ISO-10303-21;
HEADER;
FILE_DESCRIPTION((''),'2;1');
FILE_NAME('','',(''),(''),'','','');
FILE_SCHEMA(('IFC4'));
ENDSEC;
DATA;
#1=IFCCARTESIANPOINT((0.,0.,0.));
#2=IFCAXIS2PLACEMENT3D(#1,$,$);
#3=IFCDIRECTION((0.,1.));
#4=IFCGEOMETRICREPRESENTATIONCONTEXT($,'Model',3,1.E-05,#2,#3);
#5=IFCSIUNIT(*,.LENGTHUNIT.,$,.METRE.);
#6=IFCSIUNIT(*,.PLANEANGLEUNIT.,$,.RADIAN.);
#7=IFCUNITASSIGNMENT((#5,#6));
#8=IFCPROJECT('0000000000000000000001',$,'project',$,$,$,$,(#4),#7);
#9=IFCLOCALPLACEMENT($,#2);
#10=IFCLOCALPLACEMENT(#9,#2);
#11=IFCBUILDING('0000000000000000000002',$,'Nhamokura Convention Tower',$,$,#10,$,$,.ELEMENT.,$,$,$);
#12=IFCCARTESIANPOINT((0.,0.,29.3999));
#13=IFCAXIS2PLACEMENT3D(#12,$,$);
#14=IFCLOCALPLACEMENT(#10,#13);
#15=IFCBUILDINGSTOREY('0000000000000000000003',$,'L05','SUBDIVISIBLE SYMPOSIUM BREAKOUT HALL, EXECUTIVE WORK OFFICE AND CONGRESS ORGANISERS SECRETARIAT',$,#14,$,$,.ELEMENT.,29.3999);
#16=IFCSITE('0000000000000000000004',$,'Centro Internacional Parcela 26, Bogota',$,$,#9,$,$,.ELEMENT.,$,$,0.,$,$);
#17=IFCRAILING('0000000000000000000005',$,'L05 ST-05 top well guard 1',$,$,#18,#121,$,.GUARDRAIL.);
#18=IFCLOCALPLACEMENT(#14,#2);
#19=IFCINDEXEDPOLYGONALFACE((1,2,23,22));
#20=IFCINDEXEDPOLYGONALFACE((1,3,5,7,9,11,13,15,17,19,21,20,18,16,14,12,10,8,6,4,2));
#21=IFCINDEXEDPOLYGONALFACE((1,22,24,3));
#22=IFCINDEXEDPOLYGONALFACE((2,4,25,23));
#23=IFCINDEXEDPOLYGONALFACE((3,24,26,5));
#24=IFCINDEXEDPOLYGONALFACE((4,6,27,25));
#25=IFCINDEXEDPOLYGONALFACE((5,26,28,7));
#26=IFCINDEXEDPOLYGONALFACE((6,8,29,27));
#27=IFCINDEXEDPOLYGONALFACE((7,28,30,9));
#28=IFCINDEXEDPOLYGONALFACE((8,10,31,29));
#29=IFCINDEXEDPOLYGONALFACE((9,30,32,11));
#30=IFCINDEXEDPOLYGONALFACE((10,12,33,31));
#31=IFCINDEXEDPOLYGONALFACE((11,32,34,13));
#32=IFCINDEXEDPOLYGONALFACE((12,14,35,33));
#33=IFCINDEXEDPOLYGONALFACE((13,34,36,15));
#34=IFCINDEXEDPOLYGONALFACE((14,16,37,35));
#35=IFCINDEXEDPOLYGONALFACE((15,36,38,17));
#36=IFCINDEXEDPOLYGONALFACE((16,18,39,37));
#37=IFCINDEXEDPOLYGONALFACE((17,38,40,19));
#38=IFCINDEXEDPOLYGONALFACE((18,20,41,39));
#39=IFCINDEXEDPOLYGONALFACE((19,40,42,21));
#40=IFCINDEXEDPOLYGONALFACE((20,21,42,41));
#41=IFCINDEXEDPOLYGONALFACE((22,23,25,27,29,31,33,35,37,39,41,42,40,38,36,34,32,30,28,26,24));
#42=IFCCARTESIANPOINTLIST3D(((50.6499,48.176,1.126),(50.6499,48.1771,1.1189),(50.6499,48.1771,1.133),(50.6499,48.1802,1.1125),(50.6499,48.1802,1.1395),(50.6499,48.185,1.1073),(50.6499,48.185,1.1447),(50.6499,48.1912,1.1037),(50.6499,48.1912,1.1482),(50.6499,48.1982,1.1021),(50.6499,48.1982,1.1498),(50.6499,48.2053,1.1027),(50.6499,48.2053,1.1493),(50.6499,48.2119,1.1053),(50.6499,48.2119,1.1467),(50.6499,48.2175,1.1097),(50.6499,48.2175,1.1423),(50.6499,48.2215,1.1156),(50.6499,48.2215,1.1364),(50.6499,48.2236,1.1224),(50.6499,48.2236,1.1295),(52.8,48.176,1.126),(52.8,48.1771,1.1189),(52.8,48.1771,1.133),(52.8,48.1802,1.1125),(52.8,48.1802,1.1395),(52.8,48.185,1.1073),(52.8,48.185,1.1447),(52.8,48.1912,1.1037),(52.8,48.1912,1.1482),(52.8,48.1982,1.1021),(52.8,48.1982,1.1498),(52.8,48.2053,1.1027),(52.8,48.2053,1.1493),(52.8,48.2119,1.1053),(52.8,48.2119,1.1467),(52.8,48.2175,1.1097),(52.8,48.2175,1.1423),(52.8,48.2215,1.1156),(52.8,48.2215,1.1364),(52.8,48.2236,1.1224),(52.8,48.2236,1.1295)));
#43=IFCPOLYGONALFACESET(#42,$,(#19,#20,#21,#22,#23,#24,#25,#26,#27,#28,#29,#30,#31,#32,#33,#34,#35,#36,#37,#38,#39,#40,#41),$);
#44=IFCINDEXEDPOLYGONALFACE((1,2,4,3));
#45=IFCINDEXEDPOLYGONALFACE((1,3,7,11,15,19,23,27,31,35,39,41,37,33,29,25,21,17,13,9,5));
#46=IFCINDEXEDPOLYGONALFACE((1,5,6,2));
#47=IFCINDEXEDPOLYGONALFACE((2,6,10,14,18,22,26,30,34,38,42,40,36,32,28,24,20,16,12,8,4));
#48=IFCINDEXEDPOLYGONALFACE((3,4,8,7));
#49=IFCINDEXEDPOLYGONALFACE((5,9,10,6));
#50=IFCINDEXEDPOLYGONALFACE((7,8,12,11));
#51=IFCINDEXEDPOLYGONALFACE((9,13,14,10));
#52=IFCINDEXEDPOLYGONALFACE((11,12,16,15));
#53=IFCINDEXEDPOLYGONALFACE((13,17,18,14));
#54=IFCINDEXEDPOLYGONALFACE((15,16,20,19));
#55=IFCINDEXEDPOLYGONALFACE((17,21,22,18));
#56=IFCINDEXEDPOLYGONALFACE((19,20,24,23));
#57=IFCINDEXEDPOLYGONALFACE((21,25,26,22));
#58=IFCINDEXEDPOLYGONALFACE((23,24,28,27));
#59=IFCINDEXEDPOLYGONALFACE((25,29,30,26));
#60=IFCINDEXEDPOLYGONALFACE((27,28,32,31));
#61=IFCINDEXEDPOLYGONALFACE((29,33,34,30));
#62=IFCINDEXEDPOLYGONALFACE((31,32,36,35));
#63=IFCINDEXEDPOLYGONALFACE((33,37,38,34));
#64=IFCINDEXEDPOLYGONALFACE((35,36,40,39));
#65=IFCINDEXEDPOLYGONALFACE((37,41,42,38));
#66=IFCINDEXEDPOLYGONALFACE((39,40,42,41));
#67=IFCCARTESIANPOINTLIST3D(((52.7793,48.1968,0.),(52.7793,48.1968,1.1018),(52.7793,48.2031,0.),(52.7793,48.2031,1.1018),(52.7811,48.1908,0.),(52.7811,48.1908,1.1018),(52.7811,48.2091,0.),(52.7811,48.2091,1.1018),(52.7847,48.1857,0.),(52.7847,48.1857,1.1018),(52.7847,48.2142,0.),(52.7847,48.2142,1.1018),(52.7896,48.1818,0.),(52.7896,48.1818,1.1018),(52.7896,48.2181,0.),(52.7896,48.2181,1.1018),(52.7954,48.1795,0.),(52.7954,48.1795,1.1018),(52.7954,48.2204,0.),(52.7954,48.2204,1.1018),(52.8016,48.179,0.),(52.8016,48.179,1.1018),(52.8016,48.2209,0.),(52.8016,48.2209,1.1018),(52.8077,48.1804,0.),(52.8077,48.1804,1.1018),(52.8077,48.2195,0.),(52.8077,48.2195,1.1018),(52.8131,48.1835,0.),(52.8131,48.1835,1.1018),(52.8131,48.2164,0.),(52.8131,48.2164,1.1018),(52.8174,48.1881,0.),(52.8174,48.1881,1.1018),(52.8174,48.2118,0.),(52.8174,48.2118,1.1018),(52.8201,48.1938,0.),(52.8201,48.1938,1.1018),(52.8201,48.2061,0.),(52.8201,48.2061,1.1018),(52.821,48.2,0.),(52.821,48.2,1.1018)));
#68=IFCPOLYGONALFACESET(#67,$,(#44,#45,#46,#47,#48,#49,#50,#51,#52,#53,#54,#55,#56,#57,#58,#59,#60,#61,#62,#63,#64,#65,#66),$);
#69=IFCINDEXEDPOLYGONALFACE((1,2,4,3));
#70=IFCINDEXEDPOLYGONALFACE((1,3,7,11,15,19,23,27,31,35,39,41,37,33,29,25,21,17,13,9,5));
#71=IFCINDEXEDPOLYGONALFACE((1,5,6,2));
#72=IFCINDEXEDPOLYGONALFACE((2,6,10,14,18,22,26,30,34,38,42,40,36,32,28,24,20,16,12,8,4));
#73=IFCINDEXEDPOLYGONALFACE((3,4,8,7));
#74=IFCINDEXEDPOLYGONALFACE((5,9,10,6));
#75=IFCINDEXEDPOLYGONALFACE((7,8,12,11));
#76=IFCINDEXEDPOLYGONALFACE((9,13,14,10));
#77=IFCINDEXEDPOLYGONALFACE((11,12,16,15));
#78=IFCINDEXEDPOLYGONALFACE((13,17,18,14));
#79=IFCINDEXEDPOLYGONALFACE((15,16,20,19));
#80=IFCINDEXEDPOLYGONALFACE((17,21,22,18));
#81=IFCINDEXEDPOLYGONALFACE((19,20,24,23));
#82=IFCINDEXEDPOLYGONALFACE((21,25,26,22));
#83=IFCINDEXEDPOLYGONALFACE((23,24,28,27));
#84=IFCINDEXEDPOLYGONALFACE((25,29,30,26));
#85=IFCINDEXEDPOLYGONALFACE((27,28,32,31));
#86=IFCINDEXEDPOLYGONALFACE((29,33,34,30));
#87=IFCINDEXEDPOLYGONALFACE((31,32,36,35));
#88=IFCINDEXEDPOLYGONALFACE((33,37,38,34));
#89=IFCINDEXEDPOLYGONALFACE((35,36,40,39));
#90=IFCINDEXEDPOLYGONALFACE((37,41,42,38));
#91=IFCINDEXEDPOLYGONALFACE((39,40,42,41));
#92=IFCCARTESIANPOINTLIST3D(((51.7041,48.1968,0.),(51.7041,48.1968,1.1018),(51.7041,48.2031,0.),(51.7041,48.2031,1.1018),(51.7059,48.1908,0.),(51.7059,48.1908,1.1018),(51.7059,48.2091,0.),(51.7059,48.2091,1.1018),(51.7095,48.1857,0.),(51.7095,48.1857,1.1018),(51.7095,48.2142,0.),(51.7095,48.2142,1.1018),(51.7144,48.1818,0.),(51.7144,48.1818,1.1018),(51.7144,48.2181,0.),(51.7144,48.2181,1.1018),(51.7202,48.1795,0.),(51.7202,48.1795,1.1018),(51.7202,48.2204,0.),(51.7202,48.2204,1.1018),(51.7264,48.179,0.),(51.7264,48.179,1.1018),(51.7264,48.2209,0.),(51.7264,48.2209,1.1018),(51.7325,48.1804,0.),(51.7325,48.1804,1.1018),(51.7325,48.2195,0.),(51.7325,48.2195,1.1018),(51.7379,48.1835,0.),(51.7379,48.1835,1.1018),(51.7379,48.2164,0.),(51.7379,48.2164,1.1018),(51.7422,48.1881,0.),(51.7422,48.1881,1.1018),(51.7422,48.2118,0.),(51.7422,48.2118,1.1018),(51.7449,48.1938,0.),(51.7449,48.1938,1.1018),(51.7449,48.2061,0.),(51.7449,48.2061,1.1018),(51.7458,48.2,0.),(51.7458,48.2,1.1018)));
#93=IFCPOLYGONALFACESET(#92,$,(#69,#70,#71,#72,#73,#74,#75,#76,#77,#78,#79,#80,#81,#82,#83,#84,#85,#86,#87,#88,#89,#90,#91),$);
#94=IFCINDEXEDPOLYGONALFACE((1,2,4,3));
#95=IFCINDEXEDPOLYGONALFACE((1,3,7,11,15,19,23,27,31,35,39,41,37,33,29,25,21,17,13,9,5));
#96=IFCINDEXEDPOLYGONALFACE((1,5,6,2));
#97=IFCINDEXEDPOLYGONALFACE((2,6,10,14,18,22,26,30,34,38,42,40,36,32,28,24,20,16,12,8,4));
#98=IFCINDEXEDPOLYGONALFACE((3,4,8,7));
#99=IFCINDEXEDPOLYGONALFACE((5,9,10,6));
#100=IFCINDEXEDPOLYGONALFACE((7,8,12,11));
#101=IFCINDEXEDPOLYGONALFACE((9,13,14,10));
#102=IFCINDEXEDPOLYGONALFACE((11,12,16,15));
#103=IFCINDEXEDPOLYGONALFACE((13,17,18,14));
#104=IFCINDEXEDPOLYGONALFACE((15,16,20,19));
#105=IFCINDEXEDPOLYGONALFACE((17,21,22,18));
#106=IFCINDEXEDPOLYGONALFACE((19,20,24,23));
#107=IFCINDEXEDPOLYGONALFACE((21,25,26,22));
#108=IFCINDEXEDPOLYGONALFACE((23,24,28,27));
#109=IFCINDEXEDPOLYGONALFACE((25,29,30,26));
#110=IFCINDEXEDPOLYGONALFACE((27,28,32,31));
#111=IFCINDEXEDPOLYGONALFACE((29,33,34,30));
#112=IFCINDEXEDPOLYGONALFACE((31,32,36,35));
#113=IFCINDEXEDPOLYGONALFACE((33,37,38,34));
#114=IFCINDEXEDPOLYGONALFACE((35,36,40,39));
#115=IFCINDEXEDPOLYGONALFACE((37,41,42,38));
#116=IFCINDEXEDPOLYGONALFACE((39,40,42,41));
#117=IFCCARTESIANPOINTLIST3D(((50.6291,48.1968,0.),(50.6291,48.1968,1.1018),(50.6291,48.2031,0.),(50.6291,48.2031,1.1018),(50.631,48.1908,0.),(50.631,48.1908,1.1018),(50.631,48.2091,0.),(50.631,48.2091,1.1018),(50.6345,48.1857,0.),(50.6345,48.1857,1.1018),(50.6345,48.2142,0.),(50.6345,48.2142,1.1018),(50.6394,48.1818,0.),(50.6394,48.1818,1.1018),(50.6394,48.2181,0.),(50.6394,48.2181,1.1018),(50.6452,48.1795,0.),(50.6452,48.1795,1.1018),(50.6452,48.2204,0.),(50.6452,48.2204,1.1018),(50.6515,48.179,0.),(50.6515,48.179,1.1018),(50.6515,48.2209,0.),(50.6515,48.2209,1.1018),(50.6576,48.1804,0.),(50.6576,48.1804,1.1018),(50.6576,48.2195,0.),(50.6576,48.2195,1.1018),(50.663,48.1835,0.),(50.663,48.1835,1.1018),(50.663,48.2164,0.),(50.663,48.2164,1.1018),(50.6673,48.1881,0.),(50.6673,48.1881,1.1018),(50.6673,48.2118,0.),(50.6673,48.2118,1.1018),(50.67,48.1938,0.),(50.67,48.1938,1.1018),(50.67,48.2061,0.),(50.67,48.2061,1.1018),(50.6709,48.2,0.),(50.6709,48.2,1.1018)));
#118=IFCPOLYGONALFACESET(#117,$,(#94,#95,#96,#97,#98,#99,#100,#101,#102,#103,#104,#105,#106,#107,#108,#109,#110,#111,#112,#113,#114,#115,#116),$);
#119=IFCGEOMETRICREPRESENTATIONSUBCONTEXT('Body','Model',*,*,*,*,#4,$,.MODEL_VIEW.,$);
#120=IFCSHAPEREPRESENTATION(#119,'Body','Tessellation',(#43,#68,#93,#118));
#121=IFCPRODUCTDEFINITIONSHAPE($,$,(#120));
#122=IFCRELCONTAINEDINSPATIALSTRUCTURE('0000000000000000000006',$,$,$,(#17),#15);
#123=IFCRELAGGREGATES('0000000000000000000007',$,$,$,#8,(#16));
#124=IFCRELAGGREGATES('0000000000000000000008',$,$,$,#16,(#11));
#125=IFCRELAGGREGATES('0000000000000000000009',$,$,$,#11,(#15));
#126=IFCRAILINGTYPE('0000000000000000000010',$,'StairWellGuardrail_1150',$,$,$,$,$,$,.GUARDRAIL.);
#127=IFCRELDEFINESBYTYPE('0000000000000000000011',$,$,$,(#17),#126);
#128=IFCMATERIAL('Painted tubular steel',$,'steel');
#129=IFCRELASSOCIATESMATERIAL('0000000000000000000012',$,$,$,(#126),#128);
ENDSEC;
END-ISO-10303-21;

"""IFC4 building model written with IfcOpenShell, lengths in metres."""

from ifc_helpers import new_model, si_unit, direction, frame, origin, origin_2d, place, context, subcontext, project, spatial, circle, extrude, material, type_object, element, save


model = new_model("IFC4")

# Units and contexts
model_context = context("Model", 3, precision=1e-05, world=origin(), true_north=direction((0.0, 1.0)))
body_context = subcontext(model_context, "Body", "Model", "MODEL_VIEW")
ifc_project = project(units=[si_unit("LENGTHUNIT", "METRE"), si_unit("PLANEANGLEUNIT", "RADIAN")], contexts=[model_context])

# Site, building, storey
site_placement = place(None, origin())
site = spatial("IfcSite", under=ifc_project, at=site_placement, Name="Centro Internacional Parcela 26, Bogota", CompositionType="ELEMENT", RefElevation=0.0)
building_placement = place(site_placement, origin())
building = spatial("IfcBuilding", under=site, at=building_placement, Name="Nhamokura Convention Tower", CompositionType="ELEMENT")
storey_placement = place(building_placement, frame((0.0, 0.0, 29.3999)))
storey = spatial("IfcBuildingStorey", under=building, at=storey_placement, Name="L05", Description="SUBDIVISIBLE SYMPOSIUM BREAKOUT HALL, EXECUTIVE WORK OFFICE AND CONGRESS ORGANISERS SECRETARIAT", CompositionType="ELEMENT", Elevation=29.3999)

# Railing
ifc_material_1 = material(Name="Painted tubular steel", Category="steel")
railing_type = type_object("IfcRailingType", Name="StairWellGuardrail_1150", PredefinedType="GUARDRAIL", material=ifc_material_1)
railing_placement = place(storey_placement, frame((52.8, 48.2, 0.0)))
element("IfcRailing", 1, at=railing_placement, inside=storey, type_object=railing_type, Name="L05 ST-05 top well guard 1", PredefinedType="GUARDRAIL", context=body_context, shape_type="SweptSolid", body=[
    extrude(circle(Radius=0.0239, at=origin_2d()), frame((0.0, 0.0, 1.126), z_axis=(-1.0, 0.0, 0.0), x_axis=(0.0, -1.0, 0.0)), (0.0, 0.0, 1.0), 2.1501),
    extrude(circle(Radius=0.021, at=origin_2d()), origin(), (0.0, 0.0, 1.0), 1.1018),
    extrude(circle(Radius=0.021, at=origin_2d()), frame((-1.0752, 0.0, 0.0)), (0.0, 0.0, 1.0), 1.1018),
    extrude(circle(Radius=0.021, at=origin_2d()), frame((-2.1501, 0.0, 0.0)), (0.0, 0.0, 1.0), 1.1018),
])

save(model, "model.ifc")
